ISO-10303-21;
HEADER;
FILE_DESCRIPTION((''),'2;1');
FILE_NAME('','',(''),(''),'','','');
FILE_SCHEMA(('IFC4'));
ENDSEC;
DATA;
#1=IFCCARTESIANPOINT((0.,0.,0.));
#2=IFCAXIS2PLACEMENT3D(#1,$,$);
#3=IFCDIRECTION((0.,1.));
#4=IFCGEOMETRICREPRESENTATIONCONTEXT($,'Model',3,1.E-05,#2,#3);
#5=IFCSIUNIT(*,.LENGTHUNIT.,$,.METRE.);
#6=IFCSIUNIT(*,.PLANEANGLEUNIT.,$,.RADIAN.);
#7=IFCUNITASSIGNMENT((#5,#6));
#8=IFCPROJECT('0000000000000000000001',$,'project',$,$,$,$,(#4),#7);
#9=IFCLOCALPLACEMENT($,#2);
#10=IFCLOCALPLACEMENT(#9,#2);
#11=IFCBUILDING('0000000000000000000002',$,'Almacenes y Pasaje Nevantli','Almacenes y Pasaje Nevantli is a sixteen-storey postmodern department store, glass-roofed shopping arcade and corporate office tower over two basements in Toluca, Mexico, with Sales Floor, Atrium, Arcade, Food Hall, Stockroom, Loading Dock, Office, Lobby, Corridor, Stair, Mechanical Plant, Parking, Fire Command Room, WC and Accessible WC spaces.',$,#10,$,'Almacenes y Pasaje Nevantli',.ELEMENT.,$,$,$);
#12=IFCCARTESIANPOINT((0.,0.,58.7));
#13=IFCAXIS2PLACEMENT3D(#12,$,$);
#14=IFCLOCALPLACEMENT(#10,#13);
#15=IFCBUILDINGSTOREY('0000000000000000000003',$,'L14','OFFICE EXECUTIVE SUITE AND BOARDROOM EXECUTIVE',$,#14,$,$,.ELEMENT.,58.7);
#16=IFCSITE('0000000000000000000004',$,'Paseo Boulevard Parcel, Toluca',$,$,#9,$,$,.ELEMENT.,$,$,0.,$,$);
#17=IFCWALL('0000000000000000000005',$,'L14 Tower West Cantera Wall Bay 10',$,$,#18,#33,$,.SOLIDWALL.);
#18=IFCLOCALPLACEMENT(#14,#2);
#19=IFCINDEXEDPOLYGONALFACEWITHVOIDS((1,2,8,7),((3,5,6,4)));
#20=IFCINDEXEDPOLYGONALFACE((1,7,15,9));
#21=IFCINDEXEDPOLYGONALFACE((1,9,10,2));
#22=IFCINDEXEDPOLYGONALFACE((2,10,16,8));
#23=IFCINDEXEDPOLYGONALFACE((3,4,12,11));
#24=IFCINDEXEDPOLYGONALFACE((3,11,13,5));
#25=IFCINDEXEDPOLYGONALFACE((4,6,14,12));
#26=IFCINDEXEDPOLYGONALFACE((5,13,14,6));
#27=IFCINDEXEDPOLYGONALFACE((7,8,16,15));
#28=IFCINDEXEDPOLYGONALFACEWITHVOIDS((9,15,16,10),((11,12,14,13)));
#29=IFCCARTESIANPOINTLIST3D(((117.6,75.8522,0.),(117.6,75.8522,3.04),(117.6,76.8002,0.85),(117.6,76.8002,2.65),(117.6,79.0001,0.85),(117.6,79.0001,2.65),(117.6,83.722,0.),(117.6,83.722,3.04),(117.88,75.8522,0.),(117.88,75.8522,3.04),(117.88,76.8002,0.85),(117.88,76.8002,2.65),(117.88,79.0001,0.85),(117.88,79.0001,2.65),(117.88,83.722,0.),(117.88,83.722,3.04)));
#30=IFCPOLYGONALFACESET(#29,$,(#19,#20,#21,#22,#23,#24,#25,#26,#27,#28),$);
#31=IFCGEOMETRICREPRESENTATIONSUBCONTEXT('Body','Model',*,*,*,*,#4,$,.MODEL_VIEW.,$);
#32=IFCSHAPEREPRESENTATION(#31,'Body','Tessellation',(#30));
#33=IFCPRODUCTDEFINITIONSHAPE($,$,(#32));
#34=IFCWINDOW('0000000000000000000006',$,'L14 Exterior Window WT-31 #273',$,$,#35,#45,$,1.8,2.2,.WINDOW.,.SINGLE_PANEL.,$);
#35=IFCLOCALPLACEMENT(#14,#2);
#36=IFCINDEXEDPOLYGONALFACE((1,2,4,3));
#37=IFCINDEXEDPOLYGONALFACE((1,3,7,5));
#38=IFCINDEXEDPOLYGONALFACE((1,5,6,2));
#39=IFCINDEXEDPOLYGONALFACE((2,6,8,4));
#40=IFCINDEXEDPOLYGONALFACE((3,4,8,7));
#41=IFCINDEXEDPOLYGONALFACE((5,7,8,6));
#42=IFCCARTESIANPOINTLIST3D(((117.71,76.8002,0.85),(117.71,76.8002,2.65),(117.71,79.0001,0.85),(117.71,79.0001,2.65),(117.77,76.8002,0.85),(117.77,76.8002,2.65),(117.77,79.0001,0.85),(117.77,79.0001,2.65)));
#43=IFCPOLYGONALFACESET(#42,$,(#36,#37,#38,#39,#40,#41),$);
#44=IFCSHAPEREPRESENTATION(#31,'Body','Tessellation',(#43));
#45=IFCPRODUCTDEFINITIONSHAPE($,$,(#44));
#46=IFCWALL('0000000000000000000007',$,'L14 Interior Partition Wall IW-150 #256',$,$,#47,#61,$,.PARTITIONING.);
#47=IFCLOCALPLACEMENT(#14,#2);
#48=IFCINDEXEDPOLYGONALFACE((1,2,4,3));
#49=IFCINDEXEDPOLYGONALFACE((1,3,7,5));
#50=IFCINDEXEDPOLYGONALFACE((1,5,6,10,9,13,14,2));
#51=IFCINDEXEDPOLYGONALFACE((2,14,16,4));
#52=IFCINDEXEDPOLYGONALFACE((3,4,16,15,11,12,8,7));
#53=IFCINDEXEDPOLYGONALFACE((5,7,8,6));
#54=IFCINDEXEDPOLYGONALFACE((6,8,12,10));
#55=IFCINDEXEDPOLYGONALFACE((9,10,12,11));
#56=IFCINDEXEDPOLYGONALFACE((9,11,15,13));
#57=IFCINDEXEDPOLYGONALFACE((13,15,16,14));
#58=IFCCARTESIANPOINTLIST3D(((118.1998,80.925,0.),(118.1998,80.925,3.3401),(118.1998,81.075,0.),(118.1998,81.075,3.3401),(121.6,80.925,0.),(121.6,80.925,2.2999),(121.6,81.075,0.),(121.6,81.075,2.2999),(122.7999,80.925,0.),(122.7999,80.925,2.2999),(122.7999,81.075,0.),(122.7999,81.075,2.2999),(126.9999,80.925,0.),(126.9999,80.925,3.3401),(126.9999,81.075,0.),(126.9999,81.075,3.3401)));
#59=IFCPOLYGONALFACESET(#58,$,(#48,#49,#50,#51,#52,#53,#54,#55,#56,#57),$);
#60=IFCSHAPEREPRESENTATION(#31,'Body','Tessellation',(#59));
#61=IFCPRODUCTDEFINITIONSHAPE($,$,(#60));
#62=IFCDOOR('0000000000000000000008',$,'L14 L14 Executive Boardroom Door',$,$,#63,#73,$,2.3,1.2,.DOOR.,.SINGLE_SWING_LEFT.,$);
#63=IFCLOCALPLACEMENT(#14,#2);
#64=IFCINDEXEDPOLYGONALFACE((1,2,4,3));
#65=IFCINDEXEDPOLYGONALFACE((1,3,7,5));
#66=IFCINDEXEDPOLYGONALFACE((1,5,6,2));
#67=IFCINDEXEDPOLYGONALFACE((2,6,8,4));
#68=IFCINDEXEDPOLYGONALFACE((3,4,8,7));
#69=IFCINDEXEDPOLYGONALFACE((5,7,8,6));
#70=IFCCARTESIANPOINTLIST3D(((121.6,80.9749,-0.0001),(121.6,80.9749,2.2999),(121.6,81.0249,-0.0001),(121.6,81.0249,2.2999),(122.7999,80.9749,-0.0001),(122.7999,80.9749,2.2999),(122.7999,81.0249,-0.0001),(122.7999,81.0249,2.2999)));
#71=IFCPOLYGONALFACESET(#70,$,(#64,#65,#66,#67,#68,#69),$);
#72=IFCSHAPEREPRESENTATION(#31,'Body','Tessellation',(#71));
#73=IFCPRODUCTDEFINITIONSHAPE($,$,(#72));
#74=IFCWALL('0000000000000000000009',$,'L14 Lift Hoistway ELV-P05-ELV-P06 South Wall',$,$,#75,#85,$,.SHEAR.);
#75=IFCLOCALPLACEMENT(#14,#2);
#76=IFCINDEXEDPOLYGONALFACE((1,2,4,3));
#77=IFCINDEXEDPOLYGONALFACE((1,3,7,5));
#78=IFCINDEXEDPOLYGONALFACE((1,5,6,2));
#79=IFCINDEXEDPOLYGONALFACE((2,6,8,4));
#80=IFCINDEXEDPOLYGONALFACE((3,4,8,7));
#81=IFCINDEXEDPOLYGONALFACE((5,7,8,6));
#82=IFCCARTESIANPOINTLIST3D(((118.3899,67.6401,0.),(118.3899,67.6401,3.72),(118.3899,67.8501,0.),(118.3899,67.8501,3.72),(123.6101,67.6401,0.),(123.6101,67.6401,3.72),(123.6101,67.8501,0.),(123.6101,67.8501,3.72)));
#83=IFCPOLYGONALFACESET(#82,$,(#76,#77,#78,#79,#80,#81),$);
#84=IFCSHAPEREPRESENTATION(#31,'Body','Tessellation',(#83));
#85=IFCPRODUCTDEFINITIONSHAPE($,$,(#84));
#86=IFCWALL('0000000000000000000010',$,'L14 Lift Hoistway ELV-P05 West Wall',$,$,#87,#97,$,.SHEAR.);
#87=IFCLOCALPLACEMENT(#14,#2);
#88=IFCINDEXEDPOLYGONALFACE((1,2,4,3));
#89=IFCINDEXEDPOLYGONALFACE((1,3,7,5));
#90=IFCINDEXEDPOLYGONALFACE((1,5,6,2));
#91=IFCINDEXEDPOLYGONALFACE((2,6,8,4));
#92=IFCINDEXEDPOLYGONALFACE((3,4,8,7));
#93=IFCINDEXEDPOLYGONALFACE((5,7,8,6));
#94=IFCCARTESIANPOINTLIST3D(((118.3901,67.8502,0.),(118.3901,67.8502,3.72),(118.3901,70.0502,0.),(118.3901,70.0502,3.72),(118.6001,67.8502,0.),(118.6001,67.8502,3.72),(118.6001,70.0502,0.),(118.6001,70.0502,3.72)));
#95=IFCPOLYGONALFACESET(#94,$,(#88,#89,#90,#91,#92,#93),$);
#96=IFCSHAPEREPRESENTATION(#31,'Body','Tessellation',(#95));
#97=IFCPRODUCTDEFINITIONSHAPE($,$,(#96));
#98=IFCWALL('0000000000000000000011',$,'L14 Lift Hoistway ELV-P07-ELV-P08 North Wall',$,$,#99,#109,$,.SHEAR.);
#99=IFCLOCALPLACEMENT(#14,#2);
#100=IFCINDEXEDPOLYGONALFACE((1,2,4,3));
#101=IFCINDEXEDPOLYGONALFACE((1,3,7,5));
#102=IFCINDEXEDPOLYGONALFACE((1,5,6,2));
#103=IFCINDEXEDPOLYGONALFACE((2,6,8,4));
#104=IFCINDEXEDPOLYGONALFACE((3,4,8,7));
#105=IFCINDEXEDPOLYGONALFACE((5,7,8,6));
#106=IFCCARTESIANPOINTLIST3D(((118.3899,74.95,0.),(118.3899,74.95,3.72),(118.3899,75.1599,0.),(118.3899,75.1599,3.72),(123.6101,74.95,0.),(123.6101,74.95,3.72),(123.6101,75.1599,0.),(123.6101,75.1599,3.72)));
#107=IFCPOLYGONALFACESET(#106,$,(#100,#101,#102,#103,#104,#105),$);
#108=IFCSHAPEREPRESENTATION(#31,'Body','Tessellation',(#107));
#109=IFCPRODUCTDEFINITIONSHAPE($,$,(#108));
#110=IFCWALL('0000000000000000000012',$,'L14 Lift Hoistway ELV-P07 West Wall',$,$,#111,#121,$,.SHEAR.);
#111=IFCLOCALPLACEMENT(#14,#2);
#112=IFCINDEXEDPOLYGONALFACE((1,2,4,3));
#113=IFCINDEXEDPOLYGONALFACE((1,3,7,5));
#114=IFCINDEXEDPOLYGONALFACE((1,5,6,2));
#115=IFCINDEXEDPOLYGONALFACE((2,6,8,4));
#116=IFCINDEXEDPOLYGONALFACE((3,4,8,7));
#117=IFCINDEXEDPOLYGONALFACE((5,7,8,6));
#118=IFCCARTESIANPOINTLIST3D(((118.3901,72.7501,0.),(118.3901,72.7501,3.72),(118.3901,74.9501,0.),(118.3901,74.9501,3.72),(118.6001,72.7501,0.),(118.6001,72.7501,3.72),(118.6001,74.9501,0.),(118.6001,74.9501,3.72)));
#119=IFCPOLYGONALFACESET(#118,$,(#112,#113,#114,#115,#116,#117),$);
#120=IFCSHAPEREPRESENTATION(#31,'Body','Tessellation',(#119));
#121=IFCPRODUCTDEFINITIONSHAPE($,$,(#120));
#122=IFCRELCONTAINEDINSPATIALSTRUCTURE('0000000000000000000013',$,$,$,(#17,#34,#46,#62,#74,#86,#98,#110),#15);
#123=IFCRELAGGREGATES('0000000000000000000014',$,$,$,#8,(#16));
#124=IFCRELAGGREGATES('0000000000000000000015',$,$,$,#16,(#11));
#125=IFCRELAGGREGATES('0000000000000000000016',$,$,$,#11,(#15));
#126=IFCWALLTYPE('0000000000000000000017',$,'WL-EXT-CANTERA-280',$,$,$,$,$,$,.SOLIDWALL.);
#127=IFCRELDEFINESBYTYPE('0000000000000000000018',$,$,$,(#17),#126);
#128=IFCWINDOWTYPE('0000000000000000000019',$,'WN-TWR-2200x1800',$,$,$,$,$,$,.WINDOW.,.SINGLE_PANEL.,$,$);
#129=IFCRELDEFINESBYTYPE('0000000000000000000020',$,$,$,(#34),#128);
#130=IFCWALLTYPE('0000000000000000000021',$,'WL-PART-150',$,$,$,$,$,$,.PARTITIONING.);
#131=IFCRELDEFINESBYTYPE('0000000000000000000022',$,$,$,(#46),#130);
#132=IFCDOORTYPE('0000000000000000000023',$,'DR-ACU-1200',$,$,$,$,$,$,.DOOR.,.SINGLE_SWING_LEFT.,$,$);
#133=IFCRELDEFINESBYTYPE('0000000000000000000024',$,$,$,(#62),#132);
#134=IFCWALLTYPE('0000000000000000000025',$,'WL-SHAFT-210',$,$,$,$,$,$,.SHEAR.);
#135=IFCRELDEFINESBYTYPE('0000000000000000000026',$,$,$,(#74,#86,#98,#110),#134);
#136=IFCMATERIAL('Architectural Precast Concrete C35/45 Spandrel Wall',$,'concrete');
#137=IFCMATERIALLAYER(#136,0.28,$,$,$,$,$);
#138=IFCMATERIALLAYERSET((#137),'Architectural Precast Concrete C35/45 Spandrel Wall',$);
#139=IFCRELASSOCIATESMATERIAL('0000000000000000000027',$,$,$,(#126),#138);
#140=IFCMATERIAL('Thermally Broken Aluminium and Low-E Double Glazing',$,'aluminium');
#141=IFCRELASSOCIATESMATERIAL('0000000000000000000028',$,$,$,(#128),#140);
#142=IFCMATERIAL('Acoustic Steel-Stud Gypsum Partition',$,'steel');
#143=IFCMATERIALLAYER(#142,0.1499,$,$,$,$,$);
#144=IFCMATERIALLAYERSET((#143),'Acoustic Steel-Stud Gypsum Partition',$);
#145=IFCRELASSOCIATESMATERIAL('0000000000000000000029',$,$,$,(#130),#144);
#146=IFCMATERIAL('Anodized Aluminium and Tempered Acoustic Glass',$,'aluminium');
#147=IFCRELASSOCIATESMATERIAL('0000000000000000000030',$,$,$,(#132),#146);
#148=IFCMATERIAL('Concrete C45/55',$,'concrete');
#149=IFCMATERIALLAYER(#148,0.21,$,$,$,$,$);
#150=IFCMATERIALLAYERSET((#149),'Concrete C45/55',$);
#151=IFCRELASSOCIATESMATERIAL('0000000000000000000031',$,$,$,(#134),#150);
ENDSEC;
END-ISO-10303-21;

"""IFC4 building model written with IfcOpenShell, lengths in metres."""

from ifc_helpers import new_model, si_unit, direction, frame, frame_2d, origin, place, context, subcontext, project, spatial, rectangle, extrude, material, layer, layer_set, type_object, element, fill, save


model = new_model("IFC4")

# Units and contexts
model_context = context("Model", 3, precision=1e-05, world=origin(), true_north=direction((0.0, 1.0)))
body_context = subcontext(model_context, "Body", "Model", "MODEL_VIEW")
ifc_project = project(units=[si_unit("LENGTHUNIT", "METRE"), si_unit("PLANEANGLEUNIT", "RADIAN")], contexts=[model_context])

# Site, building, storey
site_placement = place(None, origin())
site = spatial("IfcSite", under=ifc_project, at=site_placement, Name="Paseo Boulevard Parcel, Toluca", CompositionType="ELEMENT", RefElevation=0.0)
building_placement = place(site_placement, origin())
building = spatial("IfcBuilding", under=site, at=building_placement, Name="Almacenes y Pasaje Nevantli", Description="Almacenes y Pasaje Nevantli is a sixteen-storey postmodern department store, glass-roofed shopping arcade and corporate office tower over two basements in Toluca, Mexico, with Sales Floor, Atrium, Arcade, Food Hall, Stockroom, Loading Dock, Office, Lobby, Corridor, Stair, Mechanical Plant, Parking, Fire Command Room, WC and Accessible WC spaces.", LongName="Almacenes y Pasaje Nevantli", CompositionType="ELEMENT")
storey_placement = place(building_placement, frame((0.0, 0.0, 58.7)))
storey = spatial("IfcBuildingStorey", under=building, at=storey_placement, Name="L14", Description="OFFICE EXECUTIVE SUITE AND BOARDROOM EXECUTIVE", CompositionType="ELEMENT", Elevation=58.7)

# Wall, opening, window
ifc_material_1 = material(Name="Architectural Precast Concrete C35/45 Spandrel Wall", Category="concrete")
ifc_layer_1 = layer(ifc_material_1, 0.28)
ifc_layer_set_1 = layer_set([ifc_layer_1], Name="Architectural Precast Concrete C35/45 Spandrel Wall")
wall_type_1 = type_object("IfcWallType", Name="WL-EXT-CANTERA-280", PredefinedType="SOLIDWALL", material=ifc_layer_set_1)
wall_1_placement = place(storey_placement, frame((117.74, 75.8521, 0.0), z_axis=(0.0, 0.0, 1.0), x_axis=(0.0, 1.0, 0.0)))
wall_1 = element("IfcWall", 1, at=wall_1_placement, inside=storey, type_object=wall_type_1, Name="L14 Tower West Cantera Wall Bay 10", PredefinedType="SOLIDWALL", context=body_context, shape_type="SweptSolid", body=[
    extrude(rectangle(XDim=7.8699, YDim=0.28, at=frame_2d((3.9351, 0.0))), origin(), (0.0, 0.0, 1.0), 3.04),
])
opening_1_placement = place(wall_1_placement, frame((0.948, 0.0, 0.8501)))
opening_1 = element("IfcOpeningElement", 2, at=opening_1_placement, cuts=wall_1, PredefinedType="OPENING", context=body_context, shape_type="SweptSolid", body=[
    extrude(rectangle(XDim=2.2, YDim=1.8, at=frame_2d((1.1001, 0.8999))), frame((0.0, 0.1499, 0.0), z_axis=(0.0, -1.0, 0.0), x_axis=(1.0, 0.0, 0.0)), (0.0, 0.0, 1.0), 0.3),
])
ifc_material_2 = material(Name="Thermally Broken Aluminium and Low-E Double Glazing", Category="aluminium")
window_type = type_object("IfcWindowType", Name="WN-TWR-2200x1800", PartitioningType="SINGLE_PANEL", PredefinedType="WINDOW", material=ifc_material_2)
window_placement = place(opening_1_placement, origin())
window = element("IfcWindow", 3, at=window_placement, inside=storey, type_object=window_type, Name="L14 Exterior Window WT-31 #273", OverallHeight=1.8, OverallWidth=2.2, PartitioningType="SINGLE_PANEL", PredefinedType="WINDOW", context=body_context, shape_type="SweptSolid", body=[
    extrude(rectangle(XDim=2.2, YDim=1.8, at=frame_2d((1.1001, 0.8999))), frame((0.0, 0.03, 0.0), z_axis=(0.0, -1.0, 0.0), x_axis=(1.0, 0.0, 0.0)), (0.0, 0.0, 1.0), 0.0601),
])
fill(opening_1, window)

# Wall, opening, door
ifc_material_3 = material(Name="Acoustic Steel-Stud Gypsum Partition", Category="steel")
ifc_layer_2 = layer(ifc_material_3, 0.1499)
ifc_layer_set_2 = layer_set([ifc_layer_2], Name="Acoustic Steel-Stud Gypsum Partition")
wall_type_2 = type_object("IfcWallType", Name="WL-PART-150", PredefinedType="PARTITIONING", material=ifc_layer_set_2)
wall_2_placement = place(storey_placement, frame((118.2, 81.0, 0.0), z_axis=(0.0, 0.0, 1.0), x_axis=(1.0, 0.0, 0.0)))
wall_2 = element("IfcWall", 4, at=wall_2_placement, inside=storey, type_object=wall_type_2, Name="L14 Interior Partition Wall IW-150 #256", PredefinedType="PARTITIONING", context=body_context, shape_type="SweptSolid", body=[
    extrude(rectangle(XDim=8.8, YDim=0.1499, at=frame_2d((4.3999, 0.0))), origin(), (0.0, 0.0, 1.0), 3.3401),
])
opening_2_placement = place(wall_2_placement, frame((3.3999, 0.0, 0.0)))
opening_2 = element("IfcOpeningElement", 5, at=opening_2_placement, cuts=wall_2, PredefinedType="OPENING", context=body_context, shape_type="SweptSolid", body=[
    extrude(rectangle(XDim=1.2, YDim=2.3, at=frame_2d((0.6001, 1.1499))), frame((0.0, 0.085, 0.0), z_axis=(0.0, -1.0, 0.0), x_axis=(1.0, 0.0, 0.0)), (0.0, 0.0, 1.0), 0.1699),
])
ifc_material_4 = material(Name="Anodized Aluminium and Tempered Acoustic Glass", Category="aluminium")
door_type_1 = type_object("IfcDoorType", Name="DR-ACU-1200", OperationType="SINGLE_SWING_LEFT", PredefinedType="DOOR", material=ifc_material_4)
door_1_placement = place(opening_2_placement, origin())
door_1 = element("IfcDoor", 6, at=door_1_placement, inside=storey, type_object=door_type_1, Name="L14 L14 Executive Boardroom Door", OperationType="SINGLE_SWING_LEFT", OverallHeight=2.3, OverallWidth=1.2, PredefinedType="DOOR", context=body_context, shape_type="SweptSolid", body=[
    extrude(rectangle(XDim=1.2, YDim=2.3, at=frame_2d((0.6001, 1.1499))), frame((0.0, 0.0249, 0.0), z_axis=(0.0, -1.0, 0.0), x_axis=(1.0, 0.0, 0.0)), (0.0, 0.0, 1.0), 0.05),
])
fill(opening_2, door_1)

# Wall
ifc_material_5 = material(Name="Concrete C45/55", Category="concrete")
ifc_layer_3 = layer(ifc_material_5, 0.21)
ifc_layer_set_3 = layer_set([ifc_layer_3], Name="Concrete C45/55")
wall_type_3 = type_object("IfcWallType", Name="WL-SHAFT-210", PredefinedType="SHEAR", material=ifc_layer_set_3)
wall_3_placement = place(storey_placement, frame((118.3899, 67.7451, 0.0), z_axis=(0.0, 0.0, 1.0), x_axis=(1.0, 0.0, 0.0)))
element("IfcWall", 7, at=wall_3_placement, inside=storey, type_object=wall_type_3, Name="L14 Lift Hoistway ELV-P05-ELV-P06 South Wall", PredefinedType="SHEAR", context=body_context, shape_type="SweptSolid", body=[
    extrude(rectangle(XDim=5.2202, YDim=0.21, at=frame_2d((2.6101, 0.0))), origin(), (0.0, 0.0, 1.0), 3.72),
])

# Wall
wall_4_placement = place(storey_placement, frame((118.4951, 67.8501, 0.0), z_axis=(0.0, 0.0, 1.0), x_axis=(0.0, 1.0, 0.0)))
element("IfcWall", 8, at=wall_4_placement, inside=storey, type_object=wall_type_3, Name="L14 Lift Hoistway ELV-P05 West Wall", PredefinedType="SHEAR", context=body_context, shape_type="SweptSolid", body=[
    extrude(rectangle(XDim=2.2, YDim=0.21, at=frame_2d((1.1001, 0.0))), origin(), (0.0, 0.0, 1.0), 3.72),
])

# Walls
wall_5_placement = place(storey_placement, frame((118.3899, 75.0549, 0.0), z_axis=(0.0, 0.0, 1.0), x_axis=(1.0, 0.0, 0.0)))
element("IfcWall", 9, at=wall_5_placement, inside=storey, type_object=wall_type_3, Name="L14 Lift Hoistway ELV-P07-ELV-P08 North Wall", PredefinedType="SHEAR", context=body_context, shape_type="SweptSolid", body=[
    extrude(rectangle(XDim=5.2202, YDim=0.21, at=frame_2d((2.6101, 0.0))), origin(), (0.0, 0.0, 1.0), 3.72),
])
wall_6_placement = place(storey_placement, frame((118.4951, 72.75, 0.0), z_axis=(0.0, 0.0, 1.0), x_axis=(0.0, 1.0, 0.0)))
element("IfcWall", 10, at=wall_6_placement, inside=storey, type_object=wall_type_3, Name="L14 Lift Hoistway ELV-P07 West Wall", PredefinedType="SHEAR", context=body_context, shape_type="SweptSolid", body=[
    extrude(rectangle(XDim=2.2, YDim=0.21, at=frame_2d((1.1001, 0.0))), origin(), (0.0, 0.0, 1.0), 3.72),
])

save(model, "model.ifc")
